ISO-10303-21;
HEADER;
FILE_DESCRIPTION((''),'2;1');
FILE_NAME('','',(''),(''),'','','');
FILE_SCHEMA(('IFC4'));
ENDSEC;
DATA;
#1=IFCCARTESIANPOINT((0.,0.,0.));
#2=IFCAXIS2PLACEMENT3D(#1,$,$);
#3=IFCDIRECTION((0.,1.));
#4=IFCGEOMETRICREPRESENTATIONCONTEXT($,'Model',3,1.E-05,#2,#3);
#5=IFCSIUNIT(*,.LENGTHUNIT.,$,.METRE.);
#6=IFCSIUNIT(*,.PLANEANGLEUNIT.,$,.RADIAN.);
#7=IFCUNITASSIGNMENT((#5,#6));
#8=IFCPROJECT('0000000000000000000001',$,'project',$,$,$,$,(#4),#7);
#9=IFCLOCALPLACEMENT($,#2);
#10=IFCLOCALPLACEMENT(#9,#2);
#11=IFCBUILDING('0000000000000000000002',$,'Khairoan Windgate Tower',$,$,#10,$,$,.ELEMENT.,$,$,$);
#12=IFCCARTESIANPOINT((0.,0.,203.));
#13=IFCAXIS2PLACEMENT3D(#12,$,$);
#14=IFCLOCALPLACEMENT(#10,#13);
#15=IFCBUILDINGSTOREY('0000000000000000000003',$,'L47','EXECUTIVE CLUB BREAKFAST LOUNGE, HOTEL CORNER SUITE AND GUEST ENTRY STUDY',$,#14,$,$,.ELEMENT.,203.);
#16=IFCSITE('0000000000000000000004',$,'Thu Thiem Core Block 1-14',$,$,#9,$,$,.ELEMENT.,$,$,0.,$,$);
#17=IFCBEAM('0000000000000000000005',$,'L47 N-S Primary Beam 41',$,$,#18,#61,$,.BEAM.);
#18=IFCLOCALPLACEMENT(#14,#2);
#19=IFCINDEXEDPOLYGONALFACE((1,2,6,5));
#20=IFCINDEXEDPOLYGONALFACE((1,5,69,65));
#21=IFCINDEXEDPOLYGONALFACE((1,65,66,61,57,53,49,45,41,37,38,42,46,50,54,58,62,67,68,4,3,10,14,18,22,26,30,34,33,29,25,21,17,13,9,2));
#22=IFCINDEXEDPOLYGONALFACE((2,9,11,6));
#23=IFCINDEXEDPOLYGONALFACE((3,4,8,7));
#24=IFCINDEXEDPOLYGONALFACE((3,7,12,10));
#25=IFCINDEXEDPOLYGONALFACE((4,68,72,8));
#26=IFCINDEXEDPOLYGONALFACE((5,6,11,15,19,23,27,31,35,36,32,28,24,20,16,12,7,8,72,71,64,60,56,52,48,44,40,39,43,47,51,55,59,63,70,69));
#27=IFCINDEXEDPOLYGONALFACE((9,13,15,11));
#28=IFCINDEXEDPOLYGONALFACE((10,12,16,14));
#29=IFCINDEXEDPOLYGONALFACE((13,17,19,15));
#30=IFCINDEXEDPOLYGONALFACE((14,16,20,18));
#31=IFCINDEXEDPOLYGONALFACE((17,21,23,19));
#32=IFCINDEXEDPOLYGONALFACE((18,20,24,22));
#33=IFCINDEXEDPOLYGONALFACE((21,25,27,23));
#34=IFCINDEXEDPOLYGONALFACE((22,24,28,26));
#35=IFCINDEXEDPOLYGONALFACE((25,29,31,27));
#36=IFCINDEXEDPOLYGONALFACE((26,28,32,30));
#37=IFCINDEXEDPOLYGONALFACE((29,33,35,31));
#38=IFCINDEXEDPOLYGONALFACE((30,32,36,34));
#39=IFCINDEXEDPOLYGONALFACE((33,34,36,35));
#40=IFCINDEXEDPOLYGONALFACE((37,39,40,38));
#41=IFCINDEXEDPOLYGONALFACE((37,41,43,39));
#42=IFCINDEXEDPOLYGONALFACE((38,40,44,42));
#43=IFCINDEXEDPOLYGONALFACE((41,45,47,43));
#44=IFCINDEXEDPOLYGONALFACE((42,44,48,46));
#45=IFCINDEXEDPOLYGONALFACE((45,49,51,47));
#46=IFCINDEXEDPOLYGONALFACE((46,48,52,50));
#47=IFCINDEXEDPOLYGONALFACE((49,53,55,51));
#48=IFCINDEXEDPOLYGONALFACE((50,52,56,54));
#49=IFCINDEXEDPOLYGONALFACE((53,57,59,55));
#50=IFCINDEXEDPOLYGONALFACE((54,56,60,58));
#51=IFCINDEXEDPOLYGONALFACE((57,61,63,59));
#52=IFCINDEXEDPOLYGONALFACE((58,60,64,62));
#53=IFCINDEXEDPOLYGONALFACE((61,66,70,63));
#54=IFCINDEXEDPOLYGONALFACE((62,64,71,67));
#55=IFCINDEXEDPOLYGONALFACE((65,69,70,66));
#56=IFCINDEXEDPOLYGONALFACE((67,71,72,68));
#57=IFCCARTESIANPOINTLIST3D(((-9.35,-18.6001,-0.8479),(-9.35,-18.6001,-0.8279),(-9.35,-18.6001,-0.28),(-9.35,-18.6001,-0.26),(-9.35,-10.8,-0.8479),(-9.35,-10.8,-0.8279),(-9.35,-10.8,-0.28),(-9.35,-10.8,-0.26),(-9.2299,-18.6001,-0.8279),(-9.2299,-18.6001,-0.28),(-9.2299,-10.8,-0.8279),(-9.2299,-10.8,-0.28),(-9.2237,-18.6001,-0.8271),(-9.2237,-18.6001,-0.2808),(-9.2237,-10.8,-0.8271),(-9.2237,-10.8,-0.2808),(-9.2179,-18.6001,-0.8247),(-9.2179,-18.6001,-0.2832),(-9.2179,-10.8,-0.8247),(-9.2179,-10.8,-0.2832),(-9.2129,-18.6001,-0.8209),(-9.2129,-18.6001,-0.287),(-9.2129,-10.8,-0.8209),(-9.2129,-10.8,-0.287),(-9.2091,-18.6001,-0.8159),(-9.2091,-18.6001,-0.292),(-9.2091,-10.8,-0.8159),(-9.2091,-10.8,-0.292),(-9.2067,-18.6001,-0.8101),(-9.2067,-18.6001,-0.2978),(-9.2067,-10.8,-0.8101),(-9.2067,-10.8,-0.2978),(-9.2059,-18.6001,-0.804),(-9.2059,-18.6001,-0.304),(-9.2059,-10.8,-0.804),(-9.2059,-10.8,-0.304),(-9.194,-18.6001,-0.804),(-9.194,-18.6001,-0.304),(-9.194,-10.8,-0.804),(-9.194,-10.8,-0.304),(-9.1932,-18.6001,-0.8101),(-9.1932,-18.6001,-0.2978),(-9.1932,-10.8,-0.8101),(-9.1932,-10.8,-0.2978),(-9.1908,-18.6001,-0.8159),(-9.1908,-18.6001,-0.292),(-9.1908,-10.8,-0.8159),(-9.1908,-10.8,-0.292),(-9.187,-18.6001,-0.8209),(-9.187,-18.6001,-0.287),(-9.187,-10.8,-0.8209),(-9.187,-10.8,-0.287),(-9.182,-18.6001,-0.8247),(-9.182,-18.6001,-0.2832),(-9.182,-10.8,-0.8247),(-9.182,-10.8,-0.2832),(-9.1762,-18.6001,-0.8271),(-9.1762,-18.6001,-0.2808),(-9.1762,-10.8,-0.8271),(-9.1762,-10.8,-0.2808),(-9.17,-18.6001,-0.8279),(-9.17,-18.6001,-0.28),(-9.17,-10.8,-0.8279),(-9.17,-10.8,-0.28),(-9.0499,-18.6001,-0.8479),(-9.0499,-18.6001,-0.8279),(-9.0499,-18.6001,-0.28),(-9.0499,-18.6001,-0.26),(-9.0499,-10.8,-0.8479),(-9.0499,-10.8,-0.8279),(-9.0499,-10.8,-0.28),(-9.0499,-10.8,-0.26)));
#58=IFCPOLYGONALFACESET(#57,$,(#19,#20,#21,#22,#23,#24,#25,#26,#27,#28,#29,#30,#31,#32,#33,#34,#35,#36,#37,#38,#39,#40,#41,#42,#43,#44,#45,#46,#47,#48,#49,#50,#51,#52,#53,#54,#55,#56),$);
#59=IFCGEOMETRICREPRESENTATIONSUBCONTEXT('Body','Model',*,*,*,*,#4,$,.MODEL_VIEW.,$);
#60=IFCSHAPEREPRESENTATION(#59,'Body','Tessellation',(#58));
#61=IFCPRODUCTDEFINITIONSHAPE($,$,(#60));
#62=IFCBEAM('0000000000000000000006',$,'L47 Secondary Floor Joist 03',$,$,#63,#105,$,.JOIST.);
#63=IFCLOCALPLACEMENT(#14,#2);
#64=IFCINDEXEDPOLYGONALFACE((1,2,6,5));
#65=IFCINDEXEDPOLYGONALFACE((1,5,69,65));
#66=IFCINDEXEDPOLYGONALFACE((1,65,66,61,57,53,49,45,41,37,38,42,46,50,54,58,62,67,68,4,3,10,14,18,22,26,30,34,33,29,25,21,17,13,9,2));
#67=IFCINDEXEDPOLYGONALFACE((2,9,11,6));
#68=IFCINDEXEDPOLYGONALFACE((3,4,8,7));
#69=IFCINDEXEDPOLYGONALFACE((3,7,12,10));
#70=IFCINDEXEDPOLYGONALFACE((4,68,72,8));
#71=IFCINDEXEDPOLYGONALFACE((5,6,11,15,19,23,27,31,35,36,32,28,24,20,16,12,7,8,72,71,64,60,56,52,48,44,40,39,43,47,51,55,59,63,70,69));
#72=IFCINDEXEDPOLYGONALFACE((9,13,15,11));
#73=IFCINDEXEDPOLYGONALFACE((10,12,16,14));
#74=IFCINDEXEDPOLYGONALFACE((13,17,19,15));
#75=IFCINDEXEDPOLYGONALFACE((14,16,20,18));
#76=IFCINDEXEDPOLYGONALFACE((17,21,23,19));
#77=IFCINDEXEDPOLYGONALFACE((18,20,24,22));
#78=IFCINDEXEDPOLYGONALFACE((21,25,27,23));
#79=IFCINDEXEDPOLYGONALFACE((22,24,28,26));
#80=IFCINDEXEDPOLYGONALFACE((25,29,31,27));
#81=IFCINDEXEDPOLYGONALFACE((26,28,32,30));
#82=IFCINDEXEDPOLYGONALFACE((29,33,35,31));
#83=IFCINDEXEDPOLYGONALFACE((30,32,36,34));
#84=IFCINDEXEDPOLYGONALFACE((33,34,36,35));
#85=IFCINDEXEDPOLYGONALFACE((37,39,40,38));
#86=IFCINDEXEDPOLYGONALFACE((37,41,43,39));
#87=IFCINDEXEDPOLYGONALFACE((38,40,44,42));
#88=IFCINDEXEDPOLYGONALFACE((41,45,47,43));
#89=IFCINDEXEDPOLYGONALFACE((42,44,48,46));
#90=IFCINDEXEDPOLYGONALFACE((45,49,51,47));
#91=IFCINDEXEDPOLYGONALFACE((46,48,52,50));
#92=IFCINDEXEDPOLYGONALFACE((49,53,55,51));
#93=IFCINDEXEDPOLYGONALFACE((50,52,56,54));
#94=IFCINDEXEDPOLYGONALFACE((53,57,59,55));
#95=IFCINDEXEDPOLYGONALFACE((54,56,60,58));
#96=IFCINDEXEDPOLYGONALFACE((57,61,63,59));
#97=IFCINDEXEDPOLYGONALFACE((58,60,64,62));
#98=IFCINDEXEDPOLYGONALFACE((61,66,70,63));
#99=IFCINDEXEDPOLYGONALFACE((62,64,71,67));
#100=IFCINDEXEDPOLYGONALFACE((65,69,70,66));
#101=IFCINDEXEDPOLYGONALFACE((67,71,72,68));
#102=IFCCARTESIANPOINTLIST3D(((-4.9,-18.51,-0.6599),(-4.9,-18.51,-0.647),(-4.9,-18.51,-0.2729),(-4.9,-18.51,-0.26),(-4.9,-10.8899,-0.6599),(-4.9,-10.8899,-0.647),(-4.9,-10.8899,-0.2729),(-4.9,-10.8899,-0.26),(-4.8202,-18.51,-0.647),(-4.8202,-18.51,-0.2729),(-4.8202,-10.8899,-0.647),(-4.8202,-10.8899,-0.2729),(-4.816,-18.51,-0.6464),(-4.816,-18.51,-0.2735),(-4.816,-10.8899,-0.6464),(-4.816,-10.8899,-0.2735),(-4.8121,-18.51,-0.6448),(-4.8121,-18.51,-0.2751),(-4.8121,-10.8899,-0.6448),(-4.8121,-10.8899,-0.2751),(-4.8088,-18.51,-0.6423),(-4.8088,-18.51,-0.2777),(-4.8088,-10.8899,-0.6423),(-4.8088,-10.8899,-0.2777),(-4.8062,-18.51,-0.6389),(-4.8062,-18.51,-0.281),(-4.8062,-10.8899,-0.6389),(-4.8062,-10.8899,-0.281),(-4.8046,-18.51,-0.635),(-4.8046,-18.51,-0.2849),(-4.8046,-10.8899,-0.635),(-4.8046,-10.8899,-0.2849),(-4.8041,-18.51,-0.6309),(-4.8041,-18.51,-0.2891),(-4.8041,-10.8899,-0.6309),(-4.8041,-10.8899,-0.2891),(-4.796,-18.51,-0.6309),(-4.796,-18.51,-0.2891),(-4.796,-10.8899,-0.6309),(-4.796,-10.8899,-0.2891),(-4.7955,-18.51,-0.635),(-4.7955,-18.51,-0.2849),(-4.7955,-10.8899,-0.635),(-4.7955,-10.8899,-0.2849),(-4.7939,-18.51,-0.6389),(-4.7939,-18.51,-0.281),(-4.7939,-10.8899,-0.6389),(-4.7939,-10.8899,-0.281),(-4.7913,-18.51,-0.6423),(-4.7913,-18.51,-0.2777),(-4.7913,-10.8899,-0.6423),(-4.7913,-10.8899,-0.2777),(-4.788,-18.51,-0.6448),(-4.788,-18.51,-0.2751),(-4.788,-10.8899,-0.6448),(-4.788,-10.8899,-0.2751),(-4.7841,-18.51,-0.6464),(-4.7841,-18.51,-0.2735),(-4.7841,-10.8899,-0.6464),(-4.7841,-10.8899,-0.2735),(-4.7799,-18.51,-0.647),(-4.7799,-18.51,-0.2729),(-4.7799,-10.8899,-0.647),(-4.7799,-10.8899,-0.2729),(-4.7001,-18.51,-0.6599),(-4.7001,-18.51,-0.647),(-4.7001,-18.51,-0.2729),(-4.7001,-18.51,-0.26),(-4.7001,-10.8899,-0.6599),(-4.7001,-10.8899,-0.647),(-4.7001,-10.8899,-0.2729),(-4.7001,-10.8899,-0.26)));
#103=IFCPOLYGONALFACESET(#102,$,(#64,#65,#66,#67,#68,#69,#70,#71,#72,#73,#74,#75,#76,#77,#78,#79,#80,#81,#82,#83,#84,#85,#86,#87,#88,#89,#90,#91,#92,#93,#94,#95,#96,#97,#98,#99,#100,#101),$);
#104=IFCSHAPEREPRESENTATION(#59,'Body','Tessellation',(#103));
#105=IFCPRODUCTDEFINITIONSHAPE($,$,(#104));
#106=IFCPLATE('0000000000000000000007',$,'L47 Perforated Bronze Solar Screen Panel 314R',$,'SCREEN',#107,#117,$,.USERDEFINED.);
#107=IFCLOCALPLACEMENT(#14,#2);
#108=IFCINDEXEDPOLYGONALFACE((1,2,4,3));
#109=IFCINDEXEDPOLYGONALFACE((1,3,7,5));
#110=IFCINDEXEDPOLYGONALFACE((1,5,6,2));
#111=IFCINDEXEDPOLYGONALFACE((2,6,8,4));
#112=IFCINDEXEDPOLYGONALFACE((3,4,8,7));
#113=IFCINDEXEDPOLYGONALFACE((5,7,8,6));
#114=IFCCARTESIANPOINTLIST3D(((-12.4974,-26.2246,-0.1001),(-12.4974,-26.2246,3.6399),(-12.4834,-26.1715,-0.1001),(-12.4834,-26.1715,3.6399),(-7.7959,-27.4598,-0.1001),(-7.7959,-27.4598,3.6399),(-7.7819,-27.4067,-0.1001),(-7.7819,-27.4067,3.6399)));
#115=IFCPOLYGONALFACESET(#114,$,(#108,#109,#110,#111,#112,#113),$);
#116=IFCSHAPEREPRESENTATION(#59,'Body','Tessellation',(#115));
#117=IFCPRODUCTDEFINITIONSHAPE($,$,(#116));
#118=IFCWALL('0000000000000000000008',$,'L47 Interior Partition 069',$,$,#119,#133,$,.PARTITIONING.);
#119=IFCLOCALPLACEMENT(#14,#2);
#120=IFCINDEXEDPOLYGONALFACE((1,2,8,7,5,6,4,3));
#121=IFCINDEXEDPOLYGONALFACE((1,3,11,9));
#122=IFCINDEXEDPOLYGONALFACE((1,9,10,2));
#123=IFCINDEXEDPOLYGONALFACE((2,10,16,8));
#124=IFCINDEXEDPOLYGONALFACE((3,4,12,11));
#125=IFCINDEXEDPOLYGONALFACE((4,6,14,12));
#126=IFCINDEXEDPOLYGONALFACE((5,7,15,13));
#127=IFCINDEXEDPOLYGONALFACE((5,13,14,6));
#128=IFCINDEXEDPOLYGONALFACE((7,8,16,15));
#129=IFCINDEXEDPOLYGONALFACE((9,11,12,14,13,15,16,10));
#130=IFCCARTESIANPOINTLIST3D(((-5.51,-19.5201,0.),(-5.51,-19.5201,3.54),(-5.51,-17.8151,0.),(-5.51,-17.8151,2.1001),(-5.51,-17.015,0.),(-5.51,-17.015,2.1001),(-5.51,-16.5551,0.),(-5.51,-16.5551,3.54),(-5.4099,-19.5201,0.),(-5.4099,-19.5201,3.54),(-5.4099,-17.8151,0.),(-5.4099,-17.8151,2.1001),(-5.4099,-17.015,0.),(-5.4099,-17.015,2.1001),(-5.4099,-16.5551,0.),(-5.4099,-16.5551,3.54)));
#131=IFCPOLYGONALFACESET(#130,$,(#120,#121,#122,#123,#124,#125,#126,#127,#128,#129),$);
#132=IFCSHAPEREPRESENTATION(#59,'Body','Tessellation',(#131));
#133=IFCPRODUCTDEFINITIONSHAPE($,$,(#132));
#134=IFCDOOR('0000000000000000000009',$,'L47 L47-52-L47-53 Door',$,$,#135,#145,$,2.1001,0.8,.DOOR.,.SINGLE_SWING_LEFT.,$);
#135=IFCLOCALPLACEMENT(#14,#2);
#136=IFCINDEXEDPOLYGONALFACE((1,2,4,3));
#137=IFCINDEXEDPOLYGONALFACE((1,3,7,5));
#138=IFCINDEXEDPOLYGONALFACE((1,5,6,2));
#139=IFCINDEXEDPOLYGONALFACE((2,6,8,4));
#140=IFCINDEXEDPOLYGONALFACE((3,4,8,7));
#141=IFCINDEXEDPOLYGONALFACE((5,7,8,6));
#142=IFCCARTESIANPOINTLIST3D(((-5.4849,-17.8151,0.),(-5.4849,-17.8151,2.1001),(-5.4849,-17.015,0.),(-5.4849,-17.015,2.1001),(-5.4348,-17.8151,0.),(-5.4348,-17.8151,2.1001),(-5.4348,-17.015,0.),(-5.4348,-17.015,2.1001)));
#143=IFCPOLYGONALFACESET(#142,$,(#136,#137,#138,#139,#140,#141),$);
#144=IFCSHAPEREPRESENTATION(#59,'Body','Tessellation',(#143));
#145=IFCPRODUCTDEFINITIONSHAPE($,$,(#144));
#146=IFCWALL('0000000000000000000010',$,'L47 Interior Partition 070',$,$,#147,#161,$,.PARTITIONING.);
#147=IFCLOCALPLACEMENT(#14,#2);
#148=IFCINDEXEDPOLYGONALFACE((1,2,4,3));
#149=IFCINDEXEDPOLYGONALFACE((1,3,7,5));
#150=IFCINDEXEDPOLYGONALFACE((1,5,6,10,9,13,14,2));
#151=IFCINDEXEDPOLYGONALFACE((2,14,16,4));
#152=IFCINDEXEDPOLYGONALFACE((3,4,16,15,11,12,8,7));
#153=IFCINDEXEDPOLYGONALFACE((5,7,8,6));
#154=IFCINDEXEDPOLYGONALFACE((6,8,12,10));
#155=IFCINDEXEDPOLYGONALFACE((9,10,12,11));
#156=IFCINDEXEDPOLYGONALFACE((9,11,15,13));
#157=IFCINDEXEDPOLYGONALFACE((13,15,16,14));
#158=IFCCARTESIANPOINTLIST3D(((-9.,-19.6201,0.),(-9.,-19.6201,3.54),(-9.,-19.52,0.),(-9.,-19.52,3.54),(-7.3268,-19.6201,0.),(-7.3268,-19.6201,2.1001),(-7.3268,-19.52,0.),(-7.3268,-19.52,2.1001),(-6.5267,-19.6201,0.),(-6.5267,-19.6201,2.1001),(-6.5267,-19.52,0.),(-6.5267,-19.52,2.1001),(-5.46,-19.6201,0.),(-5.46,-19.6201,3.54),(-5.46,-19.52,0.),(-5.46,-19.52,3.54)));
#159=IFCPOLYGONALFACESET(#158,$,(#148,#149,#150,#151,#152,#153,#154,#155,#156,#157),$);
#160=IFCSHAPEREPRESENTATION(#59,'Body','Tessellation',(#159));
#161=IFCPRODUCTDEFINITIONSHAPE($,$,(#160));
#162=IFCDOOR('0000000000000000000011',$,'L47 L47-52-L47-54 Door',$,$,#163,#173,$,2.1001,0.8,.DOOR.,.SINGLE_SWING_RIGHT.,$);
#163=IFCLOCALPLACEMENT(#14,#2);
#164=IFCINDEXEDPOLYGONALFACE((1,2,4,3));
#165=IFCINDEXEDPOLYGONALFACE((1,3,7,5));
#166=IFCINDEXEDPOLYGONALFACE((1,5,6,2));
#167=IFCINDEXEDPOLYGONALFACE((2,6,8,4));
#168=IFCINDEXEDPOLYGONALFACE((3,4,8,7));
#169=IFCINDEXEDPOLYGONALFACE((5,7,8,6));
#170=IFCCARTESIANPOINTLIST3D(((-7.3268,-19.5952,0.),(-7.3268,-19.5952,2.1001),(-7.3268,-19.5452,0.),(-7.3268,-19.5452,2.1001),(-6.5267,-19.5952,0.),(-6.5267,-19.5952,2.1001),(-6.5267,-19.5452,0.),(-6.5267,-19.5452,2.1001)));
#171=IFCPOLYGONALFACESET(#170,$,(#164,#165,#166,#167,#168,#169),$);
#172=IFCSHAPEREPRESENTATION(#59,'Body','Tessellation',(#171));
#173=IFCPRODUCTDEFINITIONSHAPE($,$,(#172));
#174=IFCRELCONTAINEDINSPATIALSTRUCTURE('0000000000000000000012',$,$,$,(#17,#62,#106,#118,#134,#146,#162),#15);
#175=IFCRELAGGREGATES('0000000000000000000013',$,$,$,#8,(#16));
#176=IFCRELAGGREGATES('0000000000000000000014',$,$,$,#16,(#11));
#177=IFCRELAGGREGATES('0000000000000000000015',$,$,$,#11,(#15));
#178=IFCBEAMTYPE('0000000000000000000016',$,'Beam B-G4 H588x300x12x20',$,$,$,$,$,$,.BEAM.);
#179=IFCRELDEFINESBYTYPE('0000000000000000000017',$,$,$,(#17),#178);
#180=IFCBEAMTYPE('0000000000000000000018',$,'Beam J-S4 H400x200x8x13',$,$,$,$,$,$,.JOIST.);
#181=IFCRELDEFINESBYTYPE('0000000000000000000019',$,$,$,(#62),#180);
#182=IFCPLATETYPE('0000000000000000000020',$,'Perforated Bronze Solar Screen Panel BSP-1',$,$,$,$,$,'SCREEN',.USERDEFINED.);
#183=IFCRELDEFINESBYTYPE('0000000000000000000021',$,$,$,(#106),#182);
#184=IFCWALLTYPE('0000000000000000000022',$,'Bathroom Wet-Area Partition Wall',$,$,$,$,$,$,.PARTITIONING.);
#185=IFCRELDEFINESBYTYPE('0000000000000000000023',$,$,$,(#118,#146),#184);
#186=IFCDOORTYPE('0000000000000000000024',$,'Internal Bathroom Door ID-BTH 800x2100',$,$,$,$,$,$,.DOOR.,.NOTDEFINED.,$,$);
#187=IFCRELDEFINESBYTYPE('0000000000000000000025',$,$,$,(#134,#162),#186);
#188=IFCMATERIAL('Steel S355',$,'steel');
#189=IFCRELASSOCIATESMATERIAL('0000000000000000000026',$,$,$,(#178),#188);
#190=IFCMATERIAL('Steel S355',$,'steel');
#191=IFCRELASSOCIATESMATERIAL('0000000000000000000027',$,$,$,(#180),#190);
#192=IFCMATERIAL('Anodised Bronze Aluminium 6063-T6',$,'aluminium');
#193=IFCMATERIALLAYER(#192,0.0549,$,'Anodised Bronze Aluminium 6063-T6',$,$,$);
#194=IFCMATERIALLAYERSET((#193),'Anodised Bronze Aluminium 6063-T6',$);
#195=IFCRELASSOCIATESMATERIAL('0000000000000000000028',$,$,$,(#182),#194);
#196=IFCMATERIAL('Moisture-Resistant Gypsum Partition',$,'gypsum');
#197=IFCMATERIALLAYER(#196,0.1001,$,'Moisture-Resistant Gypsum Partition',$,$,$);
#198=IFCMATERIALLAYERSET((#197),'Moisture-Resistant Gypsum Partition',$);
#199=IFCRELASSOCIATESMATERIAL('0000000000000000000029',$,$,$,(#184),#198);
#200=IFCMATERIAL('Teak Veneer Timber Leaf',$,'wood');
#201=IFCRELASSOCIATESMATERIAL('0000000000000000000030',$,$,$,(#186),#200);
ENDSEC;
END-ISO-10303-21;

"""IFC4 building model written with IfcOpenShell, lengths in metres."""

from ifc_helpers import new_model, si_unit, direction, frame, frame_2d, origin, origin_2d, place, context, subcontext, project, spatial, rectangle, i_section, extrude, material, layer, layer_set, material_profile, profile_set, type_object, element, fill, save


model = new_model("IFC4")

# Units and contexts
model_context = context("Model", 3, precision=1e-05, world=origin(), true_north=direction((0.0, 1.0)))
body_context = subcontext(model_context, "Body", "Model", "MODEL_VIEW")
ifc_project = project(units=[si_unit("LENGTHUNIT", "METRE"), si_unit("PLANEANGLEUNIT", "RADIAN")], contexts=[model_context])

# Site, building, storey
site_placement = place(None, origin())
site = spatial("IfcSite", under=ifc_project, at=site_placement, Name="Thu Thiem Core Block 1-14", CompositionType="ELEMENT", RefElevation=0.0)
building_placement = place(site_placement, origin())
building = spatial("IfcBuilding", under=site, at=building_placement, Name="Khairoan Windgate Tower", CompositionType="ELEMENT")
storey_placement = place(building_placement, frame((0.0, 0.0, 203.0)))
storey = spatial("IfcBuildingStorey", under=building, at=storey_placement, Name="L47", Description="EXECUTIVE CLUB BREAKFAST LOUNGE, HOTEL CORNER SUITE AND GUEST ENTRY STUDY", CompositionType="ELEMENT", Elevation=203.0)

# Beams
ifc_material_1 = material(Name="Steel S355", Category="steel")
ifc_material_profile_1 = material_profile(ifc_material_1, i_section(OverallWidth=0.3, OverallDepth=0.5879, WebThickness=0.012, FlangeThickness=0.02, FilletRadius=0.0239, at=origin_2d()))
ifc_profile_set_1 = profile_set([ifc_material_profile_1], Name="Steel S355")
beam_type_1 = type_object("IfcBeamType", Name="Beam B-G4 H588x300x12x20", PredefinedType="BEAM", material=ifc_profile_set_1)
beam_1_placement = place(storey_placement, frame((-9.2, -18.6001, -0.554), z_axis=(0.0, 1.0, 0.0), x_axis=(-1.0, 0.0, 0.0)))
element("IfcBeam", 1, at=beam_1_placement, inside=storey, type_object=beam_type_1, Name="L47 N-S Primary Beam 41", PredefinedType="BEAM", context=body_context, shape_type="SweptSolid", body=[
    extrude(i_section(OverallWidth=0.3, OverallDepth=0.5879, WebThickness=0.012, FlangeThickness=0.02, FilletRadius=0.0239, at=origin_2d()), origin(), (0.0, 0.0, 1.0), 7.8),
])
ifc_material_2 = material(Name="Steel S355", Category="steel")
ifc_material_profile_2 = material_profile(ifc_material_2, i_section(OverallWidth=0.2, OverallDepth=0.3999, WebThickness=0.0081, FlangeThickness=0.0129, FilletRadius=0.0161, at=origin_2d()))
ifc_profile_set_2 = profile_set([ifc_material_profile_2], Name="Steel S355")
beam_type_2 = type_object("IfcBeamType", Name="Beam J-S4 H400x200x8x13", PredefinedType="JOIST", material=ifc_profile_set_2)
beam_2_placement = place(storey_placement, frame((-4.8, -18.51, -0.46), z_axis=(0.0, 1.0, 0.0), x_axis=(-1.0, 0.0, 0.0)))
element("IfcBeam", 2, at=beam_2_placement, inside=storey, type_object=beam_type_2, Name="L47 Secondary Floor Joist 03", PredefinedType="JOIST", context=body_context, shape_type="SweptSolid", body=[
    extrude(i_section(OverallWidth=0.2, OverallDepth=0.3999, WebThickness=0.0081, FlangeThickness=0.0129, FilletRadius=0.0161, at=origin_2d()), origin(), (0.0, 0.0, 1.0), 7.6201),
])

# Plate
ifc_material_3 = material(Name="Anodised Bronze Aluminium 6063-T6", Category="aluminium")
ifc_layer_1 = layer(ifc_material_3, 0.0549, Name="Anodised Bronze Aluminium 6063-T6")
ifc_layer_set_1 = layer_set([ifc_layer_1], Name="Anodised Bronze Aluminium 6063-T6")
plate_type = type_object("IfcPlateType", Name="Perforated Bronze Solar Screen Panel BSP-1", ElementType="SCREEN", PredefinedType="USERDEFINED", material=ifc_layer_set_1)
plate_placement = place(storey_placement, frame((-10.1396, -26.8157, -0.1001), z_axis=(0.0, 0.0, 1.0), x_axis=(-0.967179, 0.254096, 0.0)))
element("IfcPlate", 3, at=plate_placement, inside=storey, type_object=plate_type, Name="L47 Perforated Bronze Solar Screen Panel 314R", ObjectType="SCREEN", PredefinedType="USERDEFINED", context=body_context, shape_type="SweptSolid", body=[
    extrude(rectangle(XDim=4.8611, YDim=0.0549, at=origin_2d()), origin(), (0.0, 0.0, 1.0), 3.74),
])

# Walls, openings, doors
ifc_material_4 = material(Name="Moisture-Resistant Gypsum Partition", Category="gypsum")
ifc_layer_2 = layer(ifc_material_4, 0.1001, Name="Moisture-Resistant Gypsum Partition")
ifc_layer_set_2 = layer_set([ifc_layer_2], Name="Moisture-Resistant Gypsum Partition")
wall_type_1 = type_object("IfcWallType", Name="Bathroom Wet-Area Partition Wall", PredefinedType="PARTITIONING", material=ifc_layer_set_2)
wall_1_placement = place(storey_placement, frame((-5.46, -19.52, 0.0), z_axis=(0.0, 0.0, 1.0), x_axis=(0.0, 1.0, 0.0)))
wall_1 = element("IfcWall", 4, at=wall_1_placement, inside=storey, type_object=wall_type_1, Name="L47 Interior Partition 069", PredefinedType="PARTITIONING", context=body_context, shape_type="SweptSolid", body=[
    extrude(rectangle(XDim=2.9651, YDim=0.1001, at=frame_2d((1.4824, 0.0))), origin(), (0.0, 0.0, 1.0), 3.54),
])
opening_1_placement = place(wall_1_placement, frame((1.7051, 0.0, 0.0)))
opening_1 = element("IfcOpeningElement", 5, at=opening_1_placement, cuts=wall_1, PredefinedType="OPENING", context=body_context, shape_type="SweptSolid", body=[
    extrude(rectangle(XDim=0.8, YDim=2.1001, at=frame_2d((0.3999, 1.05))), frame((0.0, 0.0601, 0.0), z_axis=(0.0, -1.0, 0.0), x_axis=(1.0, 0.0, 0.0)), (0.0, 0.0, 1.0), 0.1201),
])
ifc_material_5 = material(Name="Teak Veneer Timber Leaf", Category="wood")
door_type_1 = type_object("IfcDoorType", Name="Internal Bathroom Door ID-BTH 800x2100", OperationType="NOTDEFINED", PredefinedType="DOOR", material=ifc_material_5)
door_1_placement = place(opening_1_placement, origin())
door_1 = element("IfcDoor", 6, at=door_1_placement, inside=storey, type_object=door_type_1, Name="L47 L47-52-L47-53 Door", OperationType="SINGLE_SWING_LEFT", OverallHeight=2.1001, OverallWidth=0.8, PredefinedType="DOOR", context=body_context, shape_type="SweptSolid", body=[
    extrude(rectangle(XDim=0.8, YDim=2.1001, at=frame_2d((0.3999, 1.05))), frame((0.0, 0.0249, 0.0), z_axis=(0.0, -1.0, 0.0), x_axis=(1.0, 0.0, 0.0)), (0.0, 0.0, 1.0), 0.05),
])
fill(opening_1, door_1)
wall_2_placement = place(storey_placement, frame((-9.0, -19.5701, 0.0), z_axis=(0.0, 0.0, 1.0), x_axis=(1.0, 0.0, 0.0)))
wall_2 = element("IfcWall", 7, at=wall_2_placement, inside=storey, type_object=wall_type_1, Name="L47 Interior Partition 070", PredefinedType="PARTITIONING", context=body_context, shape_type="SweptSolid", body=[
    extrude(rectangle(XDim=3.54, YDim=0.1001, at=frame_2d((1.77, 0.0))), origin(), (0.0, 0.0, 1.0), 3.54),
])
opening_2_placement = place(wall_2_placement, frame((1.6733, 0.0, 0.0)))
opening_2 = element("IfcOpeningElement", 8, at=opening_2_placement, cuts=wall_2, PredefinedType="OPENING", context=body_context, shape_type="SweptSolid", body=[
    extrude(rectangle(XDim=0.8, YDim=2.1001, at=frame_2d((0.3999, 1.05))), frame((0.0, 0.0601, 0.0), z_axis=(0.0, -1.0, 0.0), x_axis=(1.0, 0.0, 0.0)), (0.0, 0.0, 1.0), 0.1201),
])
door_2_placement = place(opening_2_placement, origin())
door_2 = element("IfcDoor", 9, at=door_2_placement, inside=storey, type_object=door_type_1, Name="L47 L47-52-L47-54 Door", OperationType="SINGLE_SWING_RIGHT", OverallHeight=2.1001, OverallWidth=0.8, PredefinedType="DOOR", context=body_context, shape_type="SweptSolid", body=[
    extrude(rectangle(XDim=0.8, YDim=2.1001, at=frame_2d((0.3999, 1.05))), frame((0.0, 0.0249, 0.0), z_axis=(0.0, -1.0, 0.0), x_axis=(1.0, 0.0, 0.0)), (0.0, 0.0, 1.0), 0.05),
])
fill(opening_2, door_2)

save(model, "model.ifc")
